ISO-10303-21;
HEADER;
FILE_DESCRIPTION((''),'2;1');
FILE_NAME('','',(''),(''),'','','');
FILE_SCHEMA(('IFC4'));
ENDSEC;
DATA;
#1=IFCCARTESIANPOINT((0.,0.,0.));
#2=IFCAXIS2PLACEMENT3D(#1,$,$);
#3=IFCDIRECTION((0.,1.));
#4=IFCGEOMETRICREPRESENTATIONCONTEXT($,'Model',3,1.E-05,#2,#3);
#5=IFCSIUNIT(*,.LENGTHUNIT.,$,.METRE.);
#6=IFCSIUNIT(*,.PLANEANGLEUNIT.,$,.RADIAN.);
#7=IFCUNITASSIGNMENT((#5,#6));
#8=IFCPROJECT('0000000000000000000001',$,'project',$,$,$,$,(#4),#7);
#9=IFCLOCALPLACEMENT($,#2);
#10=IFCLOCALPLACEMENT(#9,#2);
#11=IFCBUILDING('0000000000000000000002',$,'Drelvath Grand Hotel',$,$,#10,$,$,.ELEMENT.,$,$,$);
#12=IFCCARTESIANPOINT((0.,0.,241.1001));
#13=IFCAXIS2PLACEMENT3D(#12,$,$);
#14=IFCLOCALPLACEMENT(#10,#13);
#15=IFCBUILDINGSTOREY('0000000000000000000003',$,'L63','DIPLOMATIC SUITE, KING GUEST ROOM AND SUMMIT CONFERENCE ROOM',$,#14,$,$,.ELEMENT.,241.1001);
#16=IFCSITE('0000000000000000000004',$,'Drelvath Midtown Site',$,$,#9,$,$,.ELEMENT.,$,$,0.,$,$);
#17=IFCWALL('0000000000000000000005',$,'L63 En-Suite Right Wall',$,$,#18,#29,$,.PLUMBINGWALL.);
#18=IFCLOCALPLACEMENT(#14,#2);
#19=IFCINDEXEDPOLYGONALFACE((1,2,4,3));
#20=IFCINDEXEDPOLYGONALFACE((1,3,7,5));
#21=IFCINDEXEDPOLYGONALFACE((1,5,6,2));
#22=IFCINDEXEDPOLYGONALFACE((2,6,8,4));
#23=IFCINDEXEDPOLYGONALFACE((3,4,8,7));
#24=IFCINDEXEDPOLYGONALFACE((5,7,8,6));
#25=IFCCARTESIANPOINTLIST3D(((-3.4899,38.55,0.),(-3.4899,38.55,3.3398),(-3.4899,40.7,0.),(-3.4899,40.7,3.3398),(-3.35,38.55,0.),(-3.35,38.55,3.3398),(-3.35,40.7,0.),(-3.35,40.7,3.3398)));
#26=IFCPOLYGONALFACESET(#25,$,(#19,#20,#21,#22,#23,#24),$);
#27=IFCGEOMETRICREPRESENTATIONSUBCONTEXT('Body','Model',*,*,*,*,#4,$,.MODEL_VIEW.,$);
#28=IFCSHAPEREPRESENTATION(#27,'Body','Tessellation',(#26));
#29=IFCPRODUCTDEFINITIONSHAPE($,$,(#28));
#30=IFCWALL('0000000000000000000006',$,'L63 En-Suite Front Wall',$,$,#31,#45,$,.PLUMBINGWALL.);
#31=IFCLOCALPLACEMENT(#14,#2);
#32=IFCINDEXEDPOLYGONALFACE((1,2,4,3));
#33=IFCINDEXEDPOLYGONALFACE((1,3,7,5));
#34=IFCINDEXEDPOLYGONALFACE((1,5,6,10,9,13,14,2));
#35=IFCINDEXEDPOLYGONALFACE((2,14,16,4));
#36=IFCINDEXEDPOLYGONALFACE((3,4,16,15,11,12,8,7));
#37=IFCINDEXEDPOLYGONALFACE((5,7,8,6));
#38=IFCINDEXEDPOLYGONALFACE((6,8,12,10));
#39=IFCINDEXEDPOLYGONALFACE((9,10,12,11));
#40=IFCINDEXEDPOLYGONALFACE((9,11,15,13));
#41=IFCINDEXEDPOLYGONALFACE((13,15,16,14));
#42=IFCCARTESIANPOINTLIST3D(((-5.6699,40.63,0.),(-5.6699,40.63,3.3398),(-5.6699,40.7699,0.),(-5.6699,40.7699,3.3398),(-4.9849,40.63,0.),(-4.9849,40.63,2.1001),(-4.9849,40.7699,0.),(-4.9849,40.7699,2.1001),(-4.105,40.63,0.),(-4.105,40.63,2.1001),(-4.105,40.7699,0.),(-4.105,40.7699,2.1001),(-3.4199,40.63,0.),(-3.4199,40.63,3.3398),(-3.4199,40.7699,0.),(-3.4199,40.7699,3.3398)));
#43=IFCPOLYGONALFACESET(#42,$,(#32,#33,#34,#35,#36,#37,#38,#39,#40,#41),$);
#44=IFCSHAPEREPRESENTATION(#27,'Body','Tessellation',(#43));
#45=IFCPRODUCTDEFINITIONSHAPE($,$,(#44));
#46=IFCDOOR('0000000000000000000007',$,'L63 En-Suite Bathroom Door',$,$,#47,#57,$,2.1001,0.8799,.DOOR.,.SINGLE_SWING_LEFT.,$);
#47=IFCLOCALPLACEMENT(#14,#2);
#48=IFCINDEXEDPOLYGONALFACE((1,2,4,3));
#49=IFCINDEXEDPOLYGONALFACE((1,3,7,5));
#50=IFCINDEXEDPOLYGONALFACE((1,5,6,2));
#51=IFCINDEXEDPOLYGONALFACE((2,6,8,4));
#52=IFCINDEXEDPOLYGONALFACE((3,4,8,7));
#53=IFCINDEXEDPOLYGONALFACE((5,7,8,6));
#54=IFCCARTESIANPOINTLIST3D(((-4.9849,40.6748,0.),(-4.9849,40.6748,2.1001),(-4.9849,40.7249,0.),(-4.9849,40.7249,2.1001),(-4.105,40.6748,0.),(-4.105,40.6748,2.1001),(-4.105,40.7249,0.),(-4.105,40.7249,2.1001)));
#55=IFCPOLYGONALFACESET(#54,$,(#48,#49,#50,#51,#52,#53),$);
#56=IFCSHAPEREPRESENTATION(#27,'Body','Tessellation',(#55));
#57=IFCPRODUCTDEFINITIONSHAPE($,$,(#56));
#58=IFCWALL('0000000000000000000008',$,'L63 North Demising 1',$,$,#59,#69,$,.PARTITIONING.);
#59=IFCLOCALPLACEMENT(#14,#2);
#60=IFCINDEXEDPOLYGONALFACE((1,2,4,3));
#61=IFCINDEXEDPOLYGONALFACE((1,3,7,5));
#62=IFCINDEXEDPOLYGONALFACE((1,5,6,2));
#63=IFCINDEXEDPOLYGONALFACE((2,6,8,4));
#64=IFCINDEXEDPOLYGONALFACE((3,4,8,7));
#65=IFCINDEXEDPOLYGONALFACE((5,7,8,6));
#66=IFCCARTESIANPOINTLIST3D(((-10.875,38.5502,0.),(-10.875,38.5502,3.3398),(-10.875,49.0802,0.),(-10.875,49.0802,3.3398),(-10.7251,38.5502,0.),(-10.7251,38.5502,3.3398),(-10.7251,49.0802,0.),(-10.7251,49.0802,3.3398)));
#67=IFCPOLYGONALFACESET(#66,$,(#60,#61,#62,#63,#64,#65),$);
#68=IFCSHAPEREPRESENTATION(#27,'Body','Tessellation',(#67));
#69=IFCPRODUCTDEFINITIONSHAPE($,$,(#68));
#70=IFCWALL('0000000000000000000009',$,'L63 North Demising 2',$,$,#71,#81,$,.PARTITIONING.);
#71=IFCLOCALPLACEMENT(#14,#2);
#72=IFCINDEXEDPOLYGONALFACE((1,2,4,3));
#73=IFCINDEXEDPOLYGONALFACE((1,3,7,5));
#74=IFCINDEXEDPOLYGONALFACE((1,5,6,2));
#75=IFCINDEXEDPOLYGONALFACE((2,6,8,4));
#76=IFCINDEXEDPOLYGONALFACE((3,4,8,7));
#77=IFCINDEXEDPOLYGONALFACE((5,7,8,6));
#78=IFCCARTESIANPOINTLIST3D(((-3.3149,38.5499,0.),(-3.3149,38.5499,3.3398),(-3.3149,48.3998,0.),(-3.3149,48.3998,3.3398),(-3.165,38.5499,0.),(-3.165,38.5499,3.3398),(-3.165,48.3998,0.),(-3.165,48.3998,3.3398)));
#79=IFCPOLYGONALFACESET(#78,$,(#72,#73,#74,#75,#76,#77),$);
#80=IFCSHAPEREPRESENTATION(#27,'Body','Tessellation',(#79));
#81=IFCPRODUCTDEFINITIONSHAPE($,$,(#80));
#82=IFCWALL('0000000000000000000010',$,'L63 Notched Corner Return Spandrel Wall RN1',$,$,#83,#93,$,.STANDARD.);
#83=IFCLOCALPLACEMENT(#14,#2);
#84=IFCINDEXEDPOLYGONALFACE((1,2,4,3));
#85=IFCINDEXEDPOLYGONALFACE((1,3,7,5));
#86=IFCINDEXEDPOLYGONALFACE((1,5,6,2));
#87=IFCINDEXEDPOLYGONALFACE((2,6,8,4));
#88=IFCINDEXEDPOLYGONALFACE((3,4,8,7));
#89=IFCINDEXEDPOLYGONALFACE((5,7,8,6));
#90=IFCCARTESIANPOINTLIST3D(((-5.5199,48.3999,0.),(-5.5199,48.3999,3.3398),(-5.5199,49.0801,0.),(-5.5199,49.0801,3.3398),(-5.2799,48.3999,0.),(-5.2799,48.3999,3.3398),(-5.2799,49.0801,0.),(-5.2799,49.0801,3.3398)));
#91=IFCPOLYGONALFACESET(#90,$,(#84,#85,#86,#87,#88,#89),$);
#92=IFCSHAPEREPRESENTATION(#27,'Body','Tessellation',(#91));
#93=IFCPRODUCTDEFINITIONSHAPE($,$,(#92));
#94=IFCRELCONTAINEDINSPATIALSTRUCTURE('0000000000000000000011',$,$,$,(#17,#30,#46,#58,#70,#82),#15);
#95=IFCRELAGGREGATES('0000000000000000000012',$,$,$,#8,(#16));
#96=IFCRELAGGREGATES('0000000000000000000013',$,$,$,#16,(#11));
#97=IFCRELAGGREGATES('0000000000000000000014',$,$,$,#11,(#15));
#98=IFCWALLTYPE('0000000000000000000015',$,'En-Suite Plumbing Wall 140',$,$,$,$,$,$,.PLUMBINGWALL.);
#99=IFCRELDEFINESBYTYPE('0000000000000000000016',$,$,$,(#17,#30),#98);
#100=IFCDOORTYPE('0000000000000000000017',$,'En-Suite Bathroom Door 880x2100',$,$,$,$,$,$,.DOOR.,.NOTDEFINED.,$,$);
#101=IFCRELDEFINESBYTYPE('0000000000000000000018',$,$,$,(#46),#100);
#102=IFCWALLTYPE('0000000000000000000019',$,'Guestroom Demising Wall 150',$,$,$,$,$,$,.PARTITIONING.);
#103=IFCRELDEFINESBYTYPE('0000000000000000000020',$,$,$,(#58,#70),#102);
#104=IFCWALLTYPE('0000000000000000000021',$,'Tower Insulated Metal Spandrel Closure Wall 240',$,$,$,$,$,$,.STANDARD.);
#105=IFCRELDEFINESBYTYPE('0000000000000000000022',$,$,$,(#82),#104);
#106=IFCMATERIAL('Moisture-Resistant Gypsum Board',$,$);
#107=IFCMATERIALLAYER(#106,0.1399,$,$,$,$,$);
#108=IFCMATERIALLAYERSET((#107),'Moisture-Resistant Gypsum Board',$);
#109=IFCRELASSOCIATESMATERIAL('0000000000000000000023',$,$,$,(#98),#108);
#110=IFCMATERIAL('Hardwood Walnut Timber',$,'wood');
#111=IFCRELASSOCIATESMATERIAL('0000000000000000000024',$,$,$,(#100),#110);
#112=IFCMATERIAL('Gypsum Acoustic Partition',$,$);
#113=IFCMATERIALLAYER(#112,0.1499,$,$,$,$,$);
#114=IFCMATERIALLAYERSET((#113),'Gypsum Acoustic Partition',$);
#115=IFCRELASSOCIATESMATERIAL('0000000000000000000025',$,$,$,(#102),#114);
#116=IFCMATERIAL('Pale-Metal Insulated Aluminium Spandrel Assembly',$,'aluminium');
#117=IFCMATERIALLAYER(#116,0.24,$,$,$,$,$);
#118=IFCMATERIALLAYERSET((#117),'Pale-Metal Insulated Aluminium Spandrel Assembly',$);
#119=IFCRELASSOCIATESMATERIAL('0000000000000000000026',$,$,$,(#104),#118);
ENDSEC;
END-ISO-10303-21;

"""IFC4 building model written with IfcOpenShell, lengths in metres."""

from ifc_helpers import new_model, si_unit, direction, frame, frame_2d, origin, place, context, subcontext, project, spatial, rectangle, extrude, material, layer, layer_set, type_object, element, fill, save


model = new_model("IFC4")

# Units and contexts
model_context = context("Model", 3, precision=1e-05, world=origin(), true_north=direction((0.0, 1.0)))
body_context = subcontext(model_context, "Body", "Model", "MODEL_VIEW")
ifc_project = project(units=[si_unit("LENGTHUNIT", "METRE"), si_unit("PLANEANGLEUNIT", "RADIAN")], contexts=[model_context])

# Site, building, storey
site_placement = place(None, origin())
site = spatial("IfcSite", under=ifc_project, at=site_placement, Name="Drelvath Midtown Site", CompositionType="ELEMENT", RefElevation=0.0)
building_placement = place(site_placement, origin())
building = spatial("IfcBuilding", under=site, at=building_placement, Name="Drelvath Grand Hotel", CompositionType="ELEMENT")
storey_placement = place(building_placement, frame((0.0, 0.0, 241.1001)))
storey = spatial("IfcBuildingStorey", under=building, at=storey_placement, Name="L63", Description="DIPLOMATIC SUITE, KING GUEST ROOM AND SUMMIT CONFERENCE ROOM", CompositionType="ELEMENT", Elevation=241.1001)

# Wall
ifc_material_1 = material(Name="Moisture-Resistant Gypsum Board")
ifc_layer_1 = layer(ifc_material_1, 0.1399)
ifc_layer_set_1 = layer_set([ifc_layer_1], Name="Moisture-Resistant Gypsum Board")
wall_type_1 = type_object("IfcWallType", Name="En-Suite Plumbing Wall 140", PredefinedType="PLUMBINGWALL", material=ifc_layer_set_1)
for number, where, z_axis, x_axis, name in (
    (1, (-3.4199, 38.55, 0.0), (0.0, 0.0, 1.0), (0.0, 1.0, 0.0), "L63 En-Suite Right Wall"),
):
    element("IfcWall", number, at=place(storey_placement, frame(where, z_axis=z_axis, x_axis=x_axis)), inside=storey, type_object=wall_type_1, Name=name, PredefinedType="PLUMBINGWALL", context=body_context, shape_type="SweptSolid", body=[
        extrude(rectangle(XDim=2.1499, YDim=0.1399, at=frame_2d((1.075, 0.0))), origin(), (0.0, 0.0, 1.0), 3.3398),
    ])

# Wall, opening, door
wall_1_placement = place(storey_placement, frame((-5.6699, 40.7, 0.0), z_axis=(0.0, 0.0, 1.0), x_axis=(1.0, 0.0, 0.0)))
wall_1 = element("IfcWall", 2, at=wall_1_placement, inside=storey, type_object=wall_type_1, Name="L63 En-Suite Front Wall", PredefinedType="PLUMBINGWALL", context=body_context, shape_type="SweptSolid", body=[
    extrude(rectangle(XDim=2.25, YDim=0.1399, at=frame_2d((1.125, 0.0))), origin(), (0.0, 0.0, 1.0), 3.3398),
])
opening_placement = place(wall_1_placement, frame((0.6851, 0.0, 0.0)))
opening = element("IfcOpeningElement", 3, at=opening_placement, cuts=wall_1, PredefinedType="OPENING", context=body_context, shape_type="SweptSolid", body=[
    extrude(rectangle(XDim=0.8799, YDim=2.1001, at=frame_2d((0.4399, 1.05))), frame((0.0, 0.0798, 0.0), z_axis=(0.0, -1.0, 0.0), x_axis=(1.0, 0.0, 0.0)), (0.0, 0.0, 1.0), 0.1599),
])
ifc_material_2 = material(Name="Hardwood Walnut Timber", Category="wood")
door_type = type_object("IfcDoorType", Name="En-Suite Bathroom Door 880x2100", OperationType="NOTDEFINED", PredefinedType="DOOR", material=ifc_material_2)
door_placement = place(opening_placement, origin())
door = element("IfcDoor", 4, at=door_placement, inside=storey, type_object=door_type, Name="L63 En-Suite Bathroom Door", OperationType="SINGLE_SWING_LEFT", OverallHeight=2.1001, OverallWidth=0.8799, PredefinedType="DOOR", context=body_context, shape_type="SweptSolid", body=[
    extrude(rectangle(XDim=0.8799, YDim=2.1001, at=frame_2d((0.4399, 1.05))), frame((0.0, 0.0249, 0.0), z_axis=(0.0, -1.0, 0.0), x_axis=(1.0, 0.0, 0.0)), (0.0, 0.0, 1.0), 0.05),
])
fill(opening, door)

# Walls
ifc_material_3 = material(Name="Gypsum Acoustic Partition")
ifc_layer_2 = layer(ifc_material_3, 0.1499)
ifc_layer_set_2 = layer_set([ifc_layer_2], Name="Gypsum Acoustic Partition")
wall_type_2 = type_object("IfcWallType", Name="Guestroom Demising Wall 150", PredefinedType="PARTITIONING", material=ifc_layer_set_2)
wall_2_placement = place(storey_placement, frame((-10.8, 38.55, 0.0), z_axis=(0.0, 0.0, 1.0), x_axis=(0.0, 1.0, 0.0)))
element("IfcWall", 5, at=wall_2_placement, inside=storey, type_object=wall_type_2, Name="L63 North Demising 1", PredefinedType="PARTITIONING", context=body_context, shape_type="SweptSolid", body=[
    extrude(rectangle(XDim=10.53, YDim=0.1499, at=frame_2d((5.2651, 0.0))), origin(), (0.0, 0.0, 1.0), 3.3398),
])
wall_3_placement = place(storey_placement, frame((-3.24, 38.55, 0.0), z_axis=(0.0, 0.0, 1.0), x_axis=(0.0, 1.0, 0.0)))
element("IfcWall", 6, at=wall_3_placement, inside=storey, type_object=wall_type_2, Name="L63 North Demising 2", PredefinedType="PARTITIONING", context=body_context, shape_type="SweptSolid", body=[
    extrude(rectangle(XDim=9.8499, YDim=0.1499, at=frame_2d((4.9248, 0.0))), origin(), (0.0, 0.0, 1.0), 3.3398),
])
ifc_material_4 = material(Name="Pale-Metal Insulated Aluminium Spandrel Assembly", Category="aluminium")
ifc_layer_3 = layer(ifc_material_4, 0.24)
ifc_layer_set_3 = layer_set([ifc_layer_3], Name="Pale-Metal Insulated Aluminium Spandrel Assembly")
wall_type_3 = type_object("IfcWallType", Name="Tower Insulated Metal Spandrel Closure Wall 240", PredefinedType="STANDARD", material=ifc_layer_set_3)
wall_4_placement = place(storey_placement, frame((-5.3999, 49.0801, 0.0), z_axis=(0.0, 0.0, 1.0), x_axis=(0.0, -1.0, 0.0)))
element("IfcWall", 7, at=wall_4_placement, inside=storey, type_object=wall_type_3, Name="L63 Notched Corner Return Spandrel Wall RN1", PredefinedType="STANDARD", context=body_context, shape_type="SweptSolid", body=[
    extrude(rectangle(XDim=0.6802, YDim=0.24, at=frame_2d((0.3401, 0.0))), origin(), (0.0, 0.0, 1.0), 3.3398),
])

save(model, "model.ifc")
